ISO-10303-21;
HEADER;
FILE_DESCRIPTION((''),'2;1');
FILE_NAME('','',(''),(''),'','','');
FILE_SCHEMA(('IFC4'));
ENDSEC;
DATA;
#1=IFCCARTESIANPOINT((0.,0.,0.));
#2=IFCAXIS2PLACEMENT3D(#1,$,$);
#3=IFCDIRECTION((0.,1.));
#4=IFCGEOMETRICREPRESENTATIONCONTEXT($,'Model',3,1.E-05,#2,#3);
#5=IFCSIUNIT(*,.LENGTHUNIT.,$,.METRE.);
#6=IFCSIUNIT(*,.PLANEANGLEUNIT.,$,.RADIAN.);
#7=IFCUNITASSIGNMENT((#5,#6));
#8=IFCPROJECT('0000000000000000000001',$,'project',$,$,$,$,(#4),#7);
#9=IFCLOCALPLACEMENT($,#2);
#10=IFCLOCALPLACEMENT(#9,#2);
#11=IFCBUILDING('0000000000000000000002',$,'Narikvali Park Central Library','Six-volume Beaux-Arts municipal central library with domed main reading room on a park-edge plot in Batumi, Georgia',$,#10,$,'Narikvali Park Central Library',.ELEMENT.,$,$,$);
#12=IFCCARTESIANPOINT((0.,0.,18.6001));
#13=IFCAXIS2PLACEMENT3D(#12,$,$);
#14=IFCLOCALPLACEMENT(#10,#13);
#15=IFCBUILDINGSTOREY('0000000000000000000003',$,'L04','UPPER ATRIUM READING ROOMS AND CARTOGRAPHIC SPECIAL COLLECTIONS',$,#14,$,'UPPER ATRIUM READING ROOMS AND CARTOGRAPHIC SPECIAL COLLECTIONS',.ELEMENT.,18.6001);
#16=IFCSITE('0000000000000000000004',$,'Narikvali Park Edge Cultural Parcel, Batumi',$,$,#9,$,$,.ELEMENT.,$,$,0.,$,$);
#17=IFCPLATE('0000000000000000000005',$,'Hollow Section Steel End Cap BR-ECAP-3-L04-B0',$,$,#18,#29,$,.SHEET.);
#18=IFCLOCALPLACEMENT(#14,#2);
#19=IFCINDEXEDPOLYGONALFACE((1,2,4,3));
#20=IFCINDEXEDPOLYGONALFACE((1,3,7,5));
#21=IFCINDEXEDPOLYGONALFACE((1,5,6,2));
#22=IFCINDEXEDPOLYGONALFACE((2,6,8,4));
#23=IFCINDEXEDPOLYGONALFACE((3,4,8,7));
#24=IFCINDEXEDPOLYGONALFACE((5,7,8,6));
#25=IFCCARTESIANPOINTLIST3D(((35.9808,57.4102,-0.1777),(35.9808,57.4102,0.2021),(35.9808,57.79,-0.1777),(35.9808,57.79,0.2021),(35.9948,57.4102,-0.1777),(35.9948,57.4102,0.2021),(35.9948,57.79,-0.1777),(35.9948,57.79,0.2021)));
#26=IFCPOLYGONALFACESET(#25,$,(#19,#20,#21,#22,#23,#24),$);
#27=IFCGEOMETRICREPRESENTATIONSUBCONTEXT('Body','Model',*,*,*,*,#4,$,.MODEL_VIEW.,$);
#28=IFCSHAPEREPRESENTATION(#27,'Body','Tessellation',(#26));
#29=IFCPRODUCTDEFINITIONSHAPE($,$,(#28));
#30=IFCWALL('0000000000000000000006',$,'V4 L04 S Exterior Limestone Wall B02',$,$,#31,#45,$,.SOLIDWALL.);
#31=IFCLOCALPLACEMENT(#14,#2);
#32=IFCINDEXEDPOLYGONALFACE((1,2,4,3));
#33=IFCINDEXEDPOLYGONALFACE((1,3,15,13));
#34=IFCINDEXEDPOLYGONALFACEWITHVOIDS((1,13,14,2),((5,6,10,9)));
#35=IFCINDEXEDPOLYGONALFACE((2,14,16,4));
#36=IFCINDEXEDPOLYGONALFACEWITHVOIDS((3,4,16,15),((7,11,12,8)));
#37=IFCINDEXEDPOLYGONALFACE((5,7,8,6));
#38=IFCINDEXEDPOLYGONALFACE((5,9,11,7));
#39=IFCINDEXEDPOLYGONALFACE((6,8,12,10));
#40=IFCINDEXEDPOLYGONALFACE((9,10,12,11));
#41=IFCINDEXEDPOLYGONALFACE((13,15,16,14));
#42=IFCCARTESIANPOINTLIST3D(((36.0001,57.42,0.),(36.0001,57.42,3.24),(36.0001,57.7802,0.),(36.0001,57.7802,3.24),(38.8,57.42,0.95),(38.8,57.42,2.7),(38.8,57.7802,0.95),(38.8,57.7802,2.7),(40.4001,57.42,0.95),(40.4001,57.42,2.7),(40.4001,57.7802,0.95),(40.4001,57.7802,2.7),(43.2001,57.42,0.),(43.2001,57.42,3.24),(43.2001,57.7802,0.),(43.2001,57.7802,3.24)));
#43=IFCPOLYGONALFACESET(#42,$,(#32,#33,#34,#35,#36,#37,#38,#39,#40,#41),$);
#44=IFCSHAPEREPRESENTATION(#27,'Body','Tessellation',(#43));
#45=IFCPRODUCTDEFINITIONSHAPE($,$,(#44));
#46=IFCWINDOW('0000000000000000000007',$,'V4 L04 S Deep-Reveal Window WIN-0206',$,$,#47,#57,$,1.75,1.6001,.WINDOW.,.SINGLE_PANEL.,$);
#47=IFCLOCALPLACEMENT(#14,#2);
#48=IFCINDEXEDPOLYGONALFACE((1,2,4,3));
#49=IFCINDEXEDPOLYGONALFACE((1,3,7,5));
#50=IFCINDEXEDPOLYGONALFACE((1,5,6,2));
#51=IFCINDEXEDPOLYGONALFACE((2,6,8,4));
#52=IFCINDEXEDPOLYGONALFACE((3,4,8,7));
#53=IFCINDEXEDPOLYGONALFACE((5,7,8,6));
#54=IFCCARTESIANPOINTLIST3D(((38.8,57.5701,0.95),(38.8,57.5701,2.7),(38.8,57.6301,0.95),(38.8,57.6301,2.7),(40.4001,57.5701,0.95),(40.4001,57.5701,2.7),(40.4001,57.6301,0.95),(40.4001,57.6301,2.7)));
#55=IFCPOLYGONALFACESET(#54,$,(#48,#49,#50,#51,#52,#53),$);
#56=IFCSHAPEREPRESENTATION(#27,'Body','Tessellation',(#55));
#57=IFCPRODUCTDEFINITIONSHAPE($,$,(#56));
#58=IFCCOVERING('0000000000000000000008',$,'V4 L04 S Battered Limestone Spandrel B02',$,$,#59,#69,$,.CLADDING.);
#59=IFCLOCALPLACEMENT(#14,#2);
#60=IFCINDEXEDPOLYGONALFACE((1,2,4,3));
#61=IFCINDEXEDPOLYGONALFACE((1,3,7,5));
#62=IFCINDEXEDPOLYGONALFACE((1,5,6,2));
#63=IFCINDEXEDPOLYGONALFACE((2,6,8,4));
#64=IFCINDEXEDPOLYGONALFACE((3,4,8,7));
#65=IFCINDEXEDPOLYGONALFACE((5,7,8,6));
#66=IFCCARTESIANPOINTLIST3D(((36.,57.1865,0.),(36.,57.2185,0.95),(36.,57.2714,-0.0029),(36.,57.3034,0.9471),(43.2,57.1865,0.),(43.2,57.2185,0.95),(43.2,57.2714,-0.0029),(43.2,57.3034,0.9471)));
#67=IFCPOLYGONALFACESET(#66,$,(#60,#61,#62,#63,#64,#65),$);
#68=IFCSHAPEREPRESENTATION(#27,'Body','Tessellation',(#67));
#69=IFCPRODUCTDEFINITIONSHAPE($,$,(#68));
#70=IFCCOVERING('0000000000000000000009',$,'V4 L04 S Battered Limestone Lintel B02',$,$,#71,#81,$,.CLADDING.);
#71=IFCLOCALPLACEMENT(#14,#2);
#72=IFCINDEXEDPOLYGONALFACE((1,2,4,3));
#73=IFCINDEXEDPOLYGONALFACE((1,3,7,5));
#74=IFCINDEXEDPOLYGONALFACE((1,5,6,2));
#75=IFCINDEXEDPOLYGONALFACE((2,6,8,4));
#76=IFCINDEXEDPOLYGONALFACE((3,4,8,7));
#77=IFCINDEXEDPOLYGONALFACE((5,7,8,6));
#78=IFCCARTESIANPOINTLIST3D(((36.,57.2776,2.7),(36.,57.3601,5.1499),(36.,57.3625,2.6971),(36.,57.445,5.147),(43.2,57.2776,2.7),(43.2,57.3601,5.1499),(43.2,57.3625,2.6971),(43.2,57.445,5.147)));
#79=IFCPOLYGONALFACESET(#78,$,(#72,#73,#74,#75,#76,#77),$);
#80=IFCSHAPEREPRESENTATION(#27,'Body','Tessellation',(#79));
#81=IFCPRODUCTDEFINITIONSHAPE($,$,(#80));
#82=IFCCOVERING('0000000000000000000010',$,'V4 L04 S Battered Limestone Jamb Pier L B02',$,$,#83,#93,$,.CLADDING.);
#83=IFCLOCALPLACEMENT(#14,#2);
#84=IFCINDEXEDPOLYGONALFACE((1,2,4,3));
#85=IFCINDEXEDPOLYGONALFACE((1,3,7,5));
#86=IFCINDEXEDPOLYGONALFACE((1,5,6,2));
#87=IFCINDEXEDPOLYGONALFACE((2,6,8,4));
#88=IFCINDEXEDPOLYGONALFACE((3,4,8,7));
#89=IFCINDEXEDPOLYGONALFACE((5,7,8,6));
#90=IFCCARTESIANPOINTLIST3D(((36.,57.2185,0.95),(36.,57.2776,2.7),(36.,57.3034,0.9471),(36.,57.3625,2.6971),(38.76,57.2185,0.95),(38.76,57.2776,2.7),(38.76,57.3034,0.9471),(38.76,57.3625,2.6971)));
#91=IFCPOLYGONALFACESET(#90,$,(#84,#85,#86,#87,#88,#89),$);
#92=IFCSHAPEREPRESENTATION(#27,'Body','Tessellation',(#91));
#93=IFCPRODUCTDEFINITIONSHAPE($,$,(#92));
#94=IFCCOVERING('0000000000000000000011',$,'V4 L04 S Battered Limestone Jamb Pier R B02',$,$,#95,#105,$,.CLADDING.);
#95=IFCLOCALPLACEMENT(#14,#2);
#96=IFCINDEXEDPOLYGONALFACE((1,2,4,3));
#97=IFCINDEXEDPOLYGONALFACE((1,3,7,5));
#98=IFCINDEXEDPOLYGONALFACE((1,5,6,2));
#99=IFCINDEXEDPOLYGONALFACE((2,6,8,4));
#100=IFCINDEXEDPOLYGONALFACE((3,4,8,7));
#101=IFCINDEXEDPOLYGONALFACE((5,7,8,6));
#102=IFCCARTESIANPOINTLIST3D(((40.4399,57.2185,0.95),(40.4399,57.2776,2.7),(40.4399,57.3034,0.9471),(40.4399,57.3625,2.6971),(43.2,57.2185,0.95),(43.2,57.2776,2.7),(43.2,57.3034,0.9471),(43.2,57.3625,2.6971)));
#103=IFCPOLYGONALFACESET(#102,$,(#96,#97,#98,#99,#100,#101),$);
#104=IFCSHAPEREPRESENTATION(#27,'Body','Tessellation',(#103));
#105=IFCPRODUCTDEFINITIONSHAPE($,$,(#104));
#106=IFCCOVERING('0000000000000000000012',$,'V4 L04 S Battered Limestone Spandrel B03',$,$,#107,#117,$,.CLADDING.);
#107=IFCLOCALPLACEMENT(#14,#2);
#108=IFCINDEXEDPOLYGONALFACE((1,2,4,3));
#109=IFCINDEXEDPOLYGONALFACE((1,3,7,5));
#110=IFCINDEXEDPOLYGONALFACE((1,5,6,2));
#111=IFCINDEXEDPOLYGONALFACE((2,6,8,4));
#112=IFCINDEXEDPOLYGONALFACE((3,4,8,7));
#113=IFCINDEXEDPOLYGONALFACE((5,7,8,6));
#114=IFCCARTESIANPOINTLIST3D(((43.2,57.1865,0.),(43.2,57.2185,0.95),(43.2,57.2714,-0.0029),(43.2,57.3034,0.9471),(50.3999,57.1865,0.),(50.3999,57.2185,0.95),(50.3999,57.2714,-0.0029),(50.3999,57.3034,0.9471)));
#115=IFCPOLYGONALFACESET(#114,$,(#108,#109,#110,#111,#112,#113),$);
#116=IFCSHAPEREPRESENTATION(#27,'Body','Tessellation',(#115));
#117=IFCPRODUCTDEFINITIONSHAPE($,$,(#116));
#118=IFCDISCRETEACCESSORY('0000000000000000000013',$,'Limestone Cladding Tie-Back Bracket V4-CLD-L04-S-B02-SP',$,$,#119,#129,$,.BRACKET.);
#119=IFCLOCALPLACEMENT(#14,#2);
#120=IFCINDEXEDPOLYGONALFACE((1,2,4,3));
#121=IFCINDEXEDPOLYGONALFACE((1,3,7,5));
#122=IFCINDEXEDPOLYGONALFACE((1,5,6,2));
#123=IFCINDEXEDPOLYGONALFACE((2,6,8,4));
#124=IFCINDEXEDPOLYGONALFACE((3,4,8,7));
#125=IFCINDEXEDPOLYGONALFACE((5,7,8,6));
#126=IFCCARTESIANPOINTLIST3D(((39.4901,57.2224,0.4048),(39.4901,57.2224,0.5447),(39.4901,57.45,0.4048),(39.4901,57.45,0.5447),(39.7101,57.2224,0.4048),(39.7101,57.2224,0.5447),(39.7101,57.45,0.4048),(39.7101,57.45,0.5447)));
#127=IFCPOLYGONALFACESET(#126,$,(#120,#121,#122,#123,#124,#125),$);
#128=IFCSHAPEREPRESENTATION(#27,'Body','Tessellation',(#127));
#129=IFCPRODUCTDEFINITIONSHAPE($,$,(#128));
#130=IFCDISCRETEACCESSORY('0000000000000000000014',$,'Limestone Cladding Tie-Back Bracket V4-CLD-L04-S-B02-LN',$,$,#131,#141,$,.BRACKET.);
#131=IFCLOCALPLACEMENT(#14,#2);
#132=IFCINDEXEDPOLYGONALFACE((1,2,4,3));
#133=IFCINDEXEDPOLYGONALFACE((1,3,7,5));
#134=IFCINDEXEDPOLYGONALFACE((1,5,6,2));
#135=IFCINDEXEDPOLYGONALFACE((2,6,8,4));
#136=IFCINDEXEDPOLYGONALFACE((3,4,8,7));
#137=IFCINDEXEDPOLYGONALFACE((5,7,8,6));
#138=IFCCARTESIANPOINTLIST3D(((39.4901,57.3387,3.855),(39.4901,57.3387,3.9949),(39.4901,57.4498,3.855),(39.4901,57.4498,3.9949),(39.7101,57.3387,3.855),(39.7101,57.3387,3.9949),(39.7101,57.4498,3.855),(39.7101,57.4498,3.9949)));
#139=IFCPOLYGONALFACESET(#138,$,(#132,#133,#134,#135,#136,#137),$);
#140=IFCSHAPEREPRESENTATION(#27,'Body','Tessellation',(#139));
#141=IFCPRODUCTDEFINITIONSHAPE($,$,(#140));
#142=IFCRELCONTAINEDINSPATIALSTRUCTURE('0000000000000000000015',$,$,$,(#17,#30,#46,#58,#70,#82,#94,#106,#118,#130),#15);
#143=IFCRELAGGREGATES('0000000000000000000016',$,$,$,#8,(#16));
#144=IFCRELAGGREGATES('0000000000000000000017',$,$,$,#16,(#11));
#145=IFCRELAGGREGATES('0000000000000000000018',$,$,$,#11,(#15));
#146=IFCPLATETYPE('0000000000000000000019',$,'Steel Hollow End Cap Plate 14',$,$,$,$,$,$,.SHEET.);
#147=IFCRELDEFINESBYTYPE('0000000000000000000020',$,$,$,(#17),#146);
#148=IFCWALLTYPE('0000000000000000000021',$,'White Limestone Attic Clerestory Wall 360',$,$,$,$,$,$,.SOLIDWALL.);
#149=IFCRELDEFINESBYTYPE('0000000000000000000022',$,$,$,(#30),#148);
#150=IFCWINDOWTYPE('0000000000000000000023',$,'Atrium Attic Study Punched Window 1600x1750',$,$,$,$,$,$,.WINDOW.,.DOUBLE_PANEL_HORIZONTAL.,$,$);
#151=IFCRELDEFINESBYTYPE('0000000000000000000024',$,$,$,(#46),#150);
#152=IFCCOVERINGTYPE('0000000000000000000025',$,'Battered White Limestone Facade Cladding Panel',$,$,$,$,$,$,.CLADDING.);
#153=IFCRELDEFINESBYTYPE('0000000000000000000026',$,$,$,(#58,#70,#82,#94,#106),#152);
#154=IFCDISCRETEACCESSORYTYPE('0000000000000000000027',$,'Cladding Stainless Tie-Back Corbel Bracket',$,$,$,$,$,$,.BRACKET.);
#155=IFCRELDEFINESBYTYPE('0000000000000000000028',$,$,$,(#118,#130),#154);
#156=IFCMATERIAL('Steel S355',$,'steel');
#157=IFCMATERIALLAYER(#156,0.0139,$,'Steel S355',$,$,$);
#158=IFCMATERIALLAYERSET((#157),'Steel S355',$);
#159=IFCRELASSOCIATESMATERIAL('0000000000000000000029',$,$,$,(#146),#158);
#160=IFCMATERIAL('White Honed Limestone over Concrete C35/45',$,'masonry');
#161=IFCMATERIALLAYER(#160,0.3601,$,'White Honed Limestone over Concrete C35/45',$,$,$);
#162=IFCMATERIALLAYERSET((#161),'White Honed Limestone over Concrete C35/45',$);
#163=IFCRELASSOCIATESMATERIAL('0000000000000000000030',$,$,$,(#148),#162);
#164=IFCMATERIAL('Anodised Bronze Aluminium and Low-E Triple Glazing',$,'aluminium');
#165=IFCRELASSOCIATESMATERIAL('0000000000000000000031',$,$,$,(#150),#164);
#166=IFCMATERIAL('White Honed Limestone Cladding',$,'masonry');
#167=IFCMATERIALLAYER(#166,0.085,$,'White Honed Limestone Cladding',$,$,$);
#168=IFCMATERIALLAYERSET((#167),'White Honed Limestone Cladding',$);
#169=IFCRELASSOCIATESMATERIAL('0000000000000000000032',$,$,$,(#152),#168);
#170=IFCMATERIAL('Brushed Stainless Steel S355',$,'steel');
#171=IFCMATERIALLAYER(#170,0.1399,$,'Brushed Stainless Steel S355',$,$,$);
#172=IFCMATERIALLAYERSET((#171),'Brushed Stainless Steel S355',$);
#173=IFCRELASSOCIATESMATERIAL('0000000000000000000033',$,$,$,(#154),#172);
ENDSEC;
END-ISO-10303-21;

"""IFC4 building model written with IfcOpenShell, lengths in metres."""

from ifc_helpers import new_model, si_unit, direction, frame, frame_2d, origin, origin_2d, place, context, subcontext, project, spatial, polyline, rectangle, outline, extrude, material, layer, layer_set, type_object, element, fill, save


model = new_model("IFC4")

# Units and contexts
model_context = context("Model", 3, precision=1e-05, world=origin(), true_north=direction((0.0, 1.0)))
body_context = subcontext(model_context, "Body", "Model", "MODEL_VIEW")
ifc_project = project(units=[si_unit("LENGTHUNIT", "METRE"), si_unit("PLANEANGLEUNIT", "RADIAN")], contexts=[model_context])

# Site, building, storey
site_placement = place(None, origin())
site = spatial("IfcSite", under=ifc_project, at=site_placement, Name="Narikvali Park Edge Cultural Parcel, Batumi", CompositionType="ELEMENT", RefElevation=0.0)
building_placement = place(site_placement, origin())
building = spatial("IfcBuilding", under=site, at=building_placement, Name="Narikvali Park Central Library", Description="Six-volume Beaux-Arts municipal central library with domed main reading room on a park-edge plot in Batumi, Georgia", LongName="Narikvali Park Central Library", CompositionType="ELEMENT")
storey_placement = place(building_placement, frame((0.0, 0.0, 18.6001)))
storey = spatial("IfcBuildingStorey", under=building, at=storey_placement, Name="L04", Description="UPPER ATRIUM READING ROOMS AND CARTOGRAPHIC SPECIAL COLLECTIONS", LongName="UPPER ATRIUM READING ROOMS AND CARTOGRAPHIC SPECIAL COLLECTIONS", CompositionType="ELEMENT", Elevation=18.6001)

# Shared definitions
ifc_material_1 = material(Name="Steel S355", Category="steel")

# Plate
ifc_layer_1 = layer(ifc_material_1, 0.0139, Name="Steel S355")
ifc_layer_set_1 = layer_set([ifc_layer_1], Name="Steel S355")
plate_type_1 = type_object("IfcPlateType", Name="Steel Hollow End Cap Plate 14", PredefinedType="SHEET", material=ifc_layer_set_1)
plate_1_placement = place(storey_placement, frame((35.9878, 57.6001, -0.1777), z_axis=(0.0, 0.0, 1.0), x_axis=(1.0, 0.0, 0.0)))
element("IfcPlate", 1, at=plate_1_placement, inside=storey, type_object=plate_type_1, Name="Hollow Section Steel End Cap BR-ECAP-3-L04-B0", PredefinedType="SHEET", context=body_context, shape_type="SweptSolid", body=[
    extrude(rectangle(XDim=0.0139, YDim=0.3799, at=origin_2d()), origin(), (0.0, 0.0, 1.0), 0.3799),
])

# Wall, opening, window
ifc_material_2 = material(Name="White Honed Limestone over Concrete C35/45", Category="masonry")
ifc_layer_2 = layer(ifc_material_2, 0.3601, Name="White Honed Limestone over Concrete C35/45")
ifc_layer_set_2 = layer_set([ifc_layer_2], Name="White Honed Limestone over Concrete C35/45")
wall_type = type_object("IfcWallType", Name="White Limestone Attic Clerestory Wall 360", PredefinedType="SOLIDWALL", material=ifc_layer_set_2)
wall_placement = place(storey_placement, frame((36.0, 57.6001, 0.0), z_axis=(0.0, 0.0, 1.0), x_axis=(1.0, 0.0, 0.0)))
wall = element("IfcWall", 2, at=wall_placement, inside=storey, type_object=wall_type, Name="V4 L04 S Exterior Limestone Wall B02", PredefinedType="SOLIDWALL", context=body_context, shape_type="SweptSolid", body=[
    extrude(rectangle(XDim=7.2, YDim=0.3601, at=frame_2d((3.6001, 0.0))), origin(), (0.0, 0.0, 1.0), 3.24),
])
opening_placement = place(wall_placement, frame((2.8, 0.0, 0.95)))
opening = element("IfcOpeningElement", 3, at=opening_placement, cuts=wall, PredefinedType="OPENING", context=body_context, shape_type="SweptSolid", body=[
    extrude(rectangle(XDim=1.6001, YDim=1.75, at=frame_2d((0.8, 0.875))), frame((0.0, 0.1919, 0.0), z_axis=(0.0, -1.0, 0.0), x_axis=(1.0, 0.0, 0.0)), (0.0, 0.0, 1.0), 0.384),
])
ifc_material_3 = material(Name="Anodised Bronze Aluminium and Low-E Triple Glazing", Category="aluminium")
window_type = type_object("IfcWindowType", Name="Atrium Attic Study Punched Window 1600x1750", PartitioningType="DOUBLE_PANEL_HORIZONTAL", PredefinedType="WINDOW", material=ifc_material_3)
window_placement = place(opening_placement, origin())
window = element("IfcWindow", 4, at=window_placement, inside=storey, type_object=window_type, Name="V4 L04 S Deep-Reveal Window WIN-0206", OverallHeight=1.75, OverallWidth=1.6001, PartitioningType="SINGLE_PANEL", PredefinedType="WINDOW", context=body_context, shape_type="SweptSolid", body=[
    extrude(rectangle(XDim=1.6001, YDim=1.75, at=frame_2d((0.8, 0.875))), frame((0.0, 0.03, 0.0), z_axis=(0.0, -1.0, 0.0), x_axis=(1.0, 0.0, 0.0)), (0.0, 0.0, 1.0), 0.0601),
])
fill(opening, window)

# Coverings
ifc_material_4 = material(Name="White Honed Limestone Cladding", Category="masonry")
ifc_layer_3 = layer(ifc_material_4, 0.085, Name="White Honed Limestone Cladding")
ifc_layer_set_3 = layer_set([ifc_layer_3], Name="White Honed Limestone Cladding")
covering_type = type_object("IfcCoveringType", Name="Battered White Limestone Facade Cladding Panel", PredefinedType="CLADDING", material=ifc_layer_set_3)
covering_1_placement = place(storey_placement, frame((36.0, 57.1865, 0.0), z_axis=(0.0, -0.999434, 0.033648), x_axis=(1.0, 0.0, 0.0)))
element("IfcCovering", 5, at=covering_1_placement, inside=storey, type_object=covering_type, Name="V4 L04 S Battered Limestone Spandrel B02", PredefinedType="CLADDING", context=body_context, shape_type="SweptSolid", body=[
    extrude(outline(polyline([(0.0, 0.0), (7.2, 0.0), (7.2, 0.9505), (0.0, 0.9505), (0.0, 0.0)])), origin(), (0.0, 0.0, -1.0), 0.085),
])
covering_2_placement = place(storey_placement, frame((36.0, 57.2776, 2.7), z_axis=(0.0, -0.999433, 0.033663), x_axis=(1.0, 0.0, 0.0)))
element("IfcCovering", 6, at=covering_2_placement, inside=storey, type_object=covering_type, Name="V4 L04 S Battered Limestone Lintel B02", PredefinedType="CLADDING", context=body_context, shape_type="SweptSolid", body=[
    extrude(outline(polyline([(0.0, 0.0), (7.2, 0.0), (7.2, 2.4513), (0.0, 2.4513), (0.0, 0.0)])), origin(), (0.0, 0.0, -1.0), 0.085),
])
for number, where, z_axis, x_axis, name in (
    (7, (36.0, 57.2185, 0.95), (0.0, -0.999431, 0.033742), (1.0, 0.0, 0.0), "V4 L04 S Battered Limestone Jamb Pier L B02"),
    (8, (40.4399, 57.2185, 0.95), (0.0, -0.999431, 0.033742), (1.0, 0.0, 0.0), "V4 L04 S Battered Limestone Jamb Pier R B02"),
):
    element("IfcCovering", number, at=place(storey_placement, frame(where, z_axis=z_axis, x_axis=x_axis)), inside=storey, type_object=covering_type, Name=name, PredefinedType="CLADDING", context=body_context, shape_type="SweptSolid", body=[
        extrude(outline(polyline([(0.0, 0.0), (2.76, 0.0), (2.76, 1.751), (0.0, 1.751), (0.0, 0.0)])), origin(), (0.0, 0.0, -1.0), 0.085),
    ])
covering_3_placement = place(storey_placement, frame((43.2, 57.1865, 0.0), z_axis=(0.0, -0.999434, 0.033648), x_axis=(1.0, 0.0, 0.0)))
element("IfcCovering", 9, at=covering_3_placement, inside=storey, type_object=covering_type, Name="V4 L04 S Battered Limestone Spandrel B03", PredefinedType="CLADDING", context=body_context, shape_type="SweptSolid", body=[
    extrude(outline(polyline([(0.0, 0.0), (7.2, 0.0), (7.2, 0.9505), (0.0, 0.9505), (0.0, 0.0)])), origin(), (0.0, 0.0, -1.0), 0.085),
])

# Discrete accessories
ifc_material_5 = material(Name="Brushed Stainless Steel S355", Category="steel")
ifc_layer_4 = layer(ifc_material_5, 0.1399, Name="Brushed Stainless Steel S355")
ifc_layer_set_4 = layer_set([ifc_layer_4], Name="Brushed Stainless Steel S355")
discrete_accessory_type = type_object("IfcDiscreteAccessoryType", Name="Cladding Stainless Tie-Back Corbel Bracket", PredefinedType="BRACKET", material=ifc_layer_set_4)
discrete_accessory_1_placement = place(storey_placement, frame((39.6001, 57.3362, 0.4048), z_axis=(0.0, 0.0, 1.0), x_axis=(1.0, 0.0, 0.0)))
element("IfcDiscreteAccessory", 10, at=discrete_accessory_1_placement, inside=storey, type_object=discrete_accessory_type, Name="Limestone Cladding Tie-Back Bracket V4-CLD-L04-S-B02-SP", PredefinedType="BRACKET", context=body_context, shape_type="SweptSolid", body=[
    extrude(rectangle(XDim=0.22, YDim=0.2275, at=origin_2d()), origin(), (0.0, 0.0, 1.0), 0.1399),
])
discrete_accessory_2_placement = place(storey_placement, frame((39.6001, 57.3943, 3.855), z_axis=(0.0, 0.0, 1.0), x_axis=(1.0, 0.0, 0.0)))
element("IfcDiscreteAccessory", 11, at=discrete_accessory_2_placement, inside=storey, type_object=discrete_accessory_type, Name="Limestone Cladding Tie-Back Bracket V4-CLD-L04-S-B02-LN", PredefinedType="BRACKET", context=body_context, shape_type="SweptSolid", body=[
    extrude(rectangle(XDim=0.22, YDim=0.1111, at=origin_2d()), origin(), (0.0, 0.0, 1.0), 0.1399),
])

save(model, "model.ifc")
